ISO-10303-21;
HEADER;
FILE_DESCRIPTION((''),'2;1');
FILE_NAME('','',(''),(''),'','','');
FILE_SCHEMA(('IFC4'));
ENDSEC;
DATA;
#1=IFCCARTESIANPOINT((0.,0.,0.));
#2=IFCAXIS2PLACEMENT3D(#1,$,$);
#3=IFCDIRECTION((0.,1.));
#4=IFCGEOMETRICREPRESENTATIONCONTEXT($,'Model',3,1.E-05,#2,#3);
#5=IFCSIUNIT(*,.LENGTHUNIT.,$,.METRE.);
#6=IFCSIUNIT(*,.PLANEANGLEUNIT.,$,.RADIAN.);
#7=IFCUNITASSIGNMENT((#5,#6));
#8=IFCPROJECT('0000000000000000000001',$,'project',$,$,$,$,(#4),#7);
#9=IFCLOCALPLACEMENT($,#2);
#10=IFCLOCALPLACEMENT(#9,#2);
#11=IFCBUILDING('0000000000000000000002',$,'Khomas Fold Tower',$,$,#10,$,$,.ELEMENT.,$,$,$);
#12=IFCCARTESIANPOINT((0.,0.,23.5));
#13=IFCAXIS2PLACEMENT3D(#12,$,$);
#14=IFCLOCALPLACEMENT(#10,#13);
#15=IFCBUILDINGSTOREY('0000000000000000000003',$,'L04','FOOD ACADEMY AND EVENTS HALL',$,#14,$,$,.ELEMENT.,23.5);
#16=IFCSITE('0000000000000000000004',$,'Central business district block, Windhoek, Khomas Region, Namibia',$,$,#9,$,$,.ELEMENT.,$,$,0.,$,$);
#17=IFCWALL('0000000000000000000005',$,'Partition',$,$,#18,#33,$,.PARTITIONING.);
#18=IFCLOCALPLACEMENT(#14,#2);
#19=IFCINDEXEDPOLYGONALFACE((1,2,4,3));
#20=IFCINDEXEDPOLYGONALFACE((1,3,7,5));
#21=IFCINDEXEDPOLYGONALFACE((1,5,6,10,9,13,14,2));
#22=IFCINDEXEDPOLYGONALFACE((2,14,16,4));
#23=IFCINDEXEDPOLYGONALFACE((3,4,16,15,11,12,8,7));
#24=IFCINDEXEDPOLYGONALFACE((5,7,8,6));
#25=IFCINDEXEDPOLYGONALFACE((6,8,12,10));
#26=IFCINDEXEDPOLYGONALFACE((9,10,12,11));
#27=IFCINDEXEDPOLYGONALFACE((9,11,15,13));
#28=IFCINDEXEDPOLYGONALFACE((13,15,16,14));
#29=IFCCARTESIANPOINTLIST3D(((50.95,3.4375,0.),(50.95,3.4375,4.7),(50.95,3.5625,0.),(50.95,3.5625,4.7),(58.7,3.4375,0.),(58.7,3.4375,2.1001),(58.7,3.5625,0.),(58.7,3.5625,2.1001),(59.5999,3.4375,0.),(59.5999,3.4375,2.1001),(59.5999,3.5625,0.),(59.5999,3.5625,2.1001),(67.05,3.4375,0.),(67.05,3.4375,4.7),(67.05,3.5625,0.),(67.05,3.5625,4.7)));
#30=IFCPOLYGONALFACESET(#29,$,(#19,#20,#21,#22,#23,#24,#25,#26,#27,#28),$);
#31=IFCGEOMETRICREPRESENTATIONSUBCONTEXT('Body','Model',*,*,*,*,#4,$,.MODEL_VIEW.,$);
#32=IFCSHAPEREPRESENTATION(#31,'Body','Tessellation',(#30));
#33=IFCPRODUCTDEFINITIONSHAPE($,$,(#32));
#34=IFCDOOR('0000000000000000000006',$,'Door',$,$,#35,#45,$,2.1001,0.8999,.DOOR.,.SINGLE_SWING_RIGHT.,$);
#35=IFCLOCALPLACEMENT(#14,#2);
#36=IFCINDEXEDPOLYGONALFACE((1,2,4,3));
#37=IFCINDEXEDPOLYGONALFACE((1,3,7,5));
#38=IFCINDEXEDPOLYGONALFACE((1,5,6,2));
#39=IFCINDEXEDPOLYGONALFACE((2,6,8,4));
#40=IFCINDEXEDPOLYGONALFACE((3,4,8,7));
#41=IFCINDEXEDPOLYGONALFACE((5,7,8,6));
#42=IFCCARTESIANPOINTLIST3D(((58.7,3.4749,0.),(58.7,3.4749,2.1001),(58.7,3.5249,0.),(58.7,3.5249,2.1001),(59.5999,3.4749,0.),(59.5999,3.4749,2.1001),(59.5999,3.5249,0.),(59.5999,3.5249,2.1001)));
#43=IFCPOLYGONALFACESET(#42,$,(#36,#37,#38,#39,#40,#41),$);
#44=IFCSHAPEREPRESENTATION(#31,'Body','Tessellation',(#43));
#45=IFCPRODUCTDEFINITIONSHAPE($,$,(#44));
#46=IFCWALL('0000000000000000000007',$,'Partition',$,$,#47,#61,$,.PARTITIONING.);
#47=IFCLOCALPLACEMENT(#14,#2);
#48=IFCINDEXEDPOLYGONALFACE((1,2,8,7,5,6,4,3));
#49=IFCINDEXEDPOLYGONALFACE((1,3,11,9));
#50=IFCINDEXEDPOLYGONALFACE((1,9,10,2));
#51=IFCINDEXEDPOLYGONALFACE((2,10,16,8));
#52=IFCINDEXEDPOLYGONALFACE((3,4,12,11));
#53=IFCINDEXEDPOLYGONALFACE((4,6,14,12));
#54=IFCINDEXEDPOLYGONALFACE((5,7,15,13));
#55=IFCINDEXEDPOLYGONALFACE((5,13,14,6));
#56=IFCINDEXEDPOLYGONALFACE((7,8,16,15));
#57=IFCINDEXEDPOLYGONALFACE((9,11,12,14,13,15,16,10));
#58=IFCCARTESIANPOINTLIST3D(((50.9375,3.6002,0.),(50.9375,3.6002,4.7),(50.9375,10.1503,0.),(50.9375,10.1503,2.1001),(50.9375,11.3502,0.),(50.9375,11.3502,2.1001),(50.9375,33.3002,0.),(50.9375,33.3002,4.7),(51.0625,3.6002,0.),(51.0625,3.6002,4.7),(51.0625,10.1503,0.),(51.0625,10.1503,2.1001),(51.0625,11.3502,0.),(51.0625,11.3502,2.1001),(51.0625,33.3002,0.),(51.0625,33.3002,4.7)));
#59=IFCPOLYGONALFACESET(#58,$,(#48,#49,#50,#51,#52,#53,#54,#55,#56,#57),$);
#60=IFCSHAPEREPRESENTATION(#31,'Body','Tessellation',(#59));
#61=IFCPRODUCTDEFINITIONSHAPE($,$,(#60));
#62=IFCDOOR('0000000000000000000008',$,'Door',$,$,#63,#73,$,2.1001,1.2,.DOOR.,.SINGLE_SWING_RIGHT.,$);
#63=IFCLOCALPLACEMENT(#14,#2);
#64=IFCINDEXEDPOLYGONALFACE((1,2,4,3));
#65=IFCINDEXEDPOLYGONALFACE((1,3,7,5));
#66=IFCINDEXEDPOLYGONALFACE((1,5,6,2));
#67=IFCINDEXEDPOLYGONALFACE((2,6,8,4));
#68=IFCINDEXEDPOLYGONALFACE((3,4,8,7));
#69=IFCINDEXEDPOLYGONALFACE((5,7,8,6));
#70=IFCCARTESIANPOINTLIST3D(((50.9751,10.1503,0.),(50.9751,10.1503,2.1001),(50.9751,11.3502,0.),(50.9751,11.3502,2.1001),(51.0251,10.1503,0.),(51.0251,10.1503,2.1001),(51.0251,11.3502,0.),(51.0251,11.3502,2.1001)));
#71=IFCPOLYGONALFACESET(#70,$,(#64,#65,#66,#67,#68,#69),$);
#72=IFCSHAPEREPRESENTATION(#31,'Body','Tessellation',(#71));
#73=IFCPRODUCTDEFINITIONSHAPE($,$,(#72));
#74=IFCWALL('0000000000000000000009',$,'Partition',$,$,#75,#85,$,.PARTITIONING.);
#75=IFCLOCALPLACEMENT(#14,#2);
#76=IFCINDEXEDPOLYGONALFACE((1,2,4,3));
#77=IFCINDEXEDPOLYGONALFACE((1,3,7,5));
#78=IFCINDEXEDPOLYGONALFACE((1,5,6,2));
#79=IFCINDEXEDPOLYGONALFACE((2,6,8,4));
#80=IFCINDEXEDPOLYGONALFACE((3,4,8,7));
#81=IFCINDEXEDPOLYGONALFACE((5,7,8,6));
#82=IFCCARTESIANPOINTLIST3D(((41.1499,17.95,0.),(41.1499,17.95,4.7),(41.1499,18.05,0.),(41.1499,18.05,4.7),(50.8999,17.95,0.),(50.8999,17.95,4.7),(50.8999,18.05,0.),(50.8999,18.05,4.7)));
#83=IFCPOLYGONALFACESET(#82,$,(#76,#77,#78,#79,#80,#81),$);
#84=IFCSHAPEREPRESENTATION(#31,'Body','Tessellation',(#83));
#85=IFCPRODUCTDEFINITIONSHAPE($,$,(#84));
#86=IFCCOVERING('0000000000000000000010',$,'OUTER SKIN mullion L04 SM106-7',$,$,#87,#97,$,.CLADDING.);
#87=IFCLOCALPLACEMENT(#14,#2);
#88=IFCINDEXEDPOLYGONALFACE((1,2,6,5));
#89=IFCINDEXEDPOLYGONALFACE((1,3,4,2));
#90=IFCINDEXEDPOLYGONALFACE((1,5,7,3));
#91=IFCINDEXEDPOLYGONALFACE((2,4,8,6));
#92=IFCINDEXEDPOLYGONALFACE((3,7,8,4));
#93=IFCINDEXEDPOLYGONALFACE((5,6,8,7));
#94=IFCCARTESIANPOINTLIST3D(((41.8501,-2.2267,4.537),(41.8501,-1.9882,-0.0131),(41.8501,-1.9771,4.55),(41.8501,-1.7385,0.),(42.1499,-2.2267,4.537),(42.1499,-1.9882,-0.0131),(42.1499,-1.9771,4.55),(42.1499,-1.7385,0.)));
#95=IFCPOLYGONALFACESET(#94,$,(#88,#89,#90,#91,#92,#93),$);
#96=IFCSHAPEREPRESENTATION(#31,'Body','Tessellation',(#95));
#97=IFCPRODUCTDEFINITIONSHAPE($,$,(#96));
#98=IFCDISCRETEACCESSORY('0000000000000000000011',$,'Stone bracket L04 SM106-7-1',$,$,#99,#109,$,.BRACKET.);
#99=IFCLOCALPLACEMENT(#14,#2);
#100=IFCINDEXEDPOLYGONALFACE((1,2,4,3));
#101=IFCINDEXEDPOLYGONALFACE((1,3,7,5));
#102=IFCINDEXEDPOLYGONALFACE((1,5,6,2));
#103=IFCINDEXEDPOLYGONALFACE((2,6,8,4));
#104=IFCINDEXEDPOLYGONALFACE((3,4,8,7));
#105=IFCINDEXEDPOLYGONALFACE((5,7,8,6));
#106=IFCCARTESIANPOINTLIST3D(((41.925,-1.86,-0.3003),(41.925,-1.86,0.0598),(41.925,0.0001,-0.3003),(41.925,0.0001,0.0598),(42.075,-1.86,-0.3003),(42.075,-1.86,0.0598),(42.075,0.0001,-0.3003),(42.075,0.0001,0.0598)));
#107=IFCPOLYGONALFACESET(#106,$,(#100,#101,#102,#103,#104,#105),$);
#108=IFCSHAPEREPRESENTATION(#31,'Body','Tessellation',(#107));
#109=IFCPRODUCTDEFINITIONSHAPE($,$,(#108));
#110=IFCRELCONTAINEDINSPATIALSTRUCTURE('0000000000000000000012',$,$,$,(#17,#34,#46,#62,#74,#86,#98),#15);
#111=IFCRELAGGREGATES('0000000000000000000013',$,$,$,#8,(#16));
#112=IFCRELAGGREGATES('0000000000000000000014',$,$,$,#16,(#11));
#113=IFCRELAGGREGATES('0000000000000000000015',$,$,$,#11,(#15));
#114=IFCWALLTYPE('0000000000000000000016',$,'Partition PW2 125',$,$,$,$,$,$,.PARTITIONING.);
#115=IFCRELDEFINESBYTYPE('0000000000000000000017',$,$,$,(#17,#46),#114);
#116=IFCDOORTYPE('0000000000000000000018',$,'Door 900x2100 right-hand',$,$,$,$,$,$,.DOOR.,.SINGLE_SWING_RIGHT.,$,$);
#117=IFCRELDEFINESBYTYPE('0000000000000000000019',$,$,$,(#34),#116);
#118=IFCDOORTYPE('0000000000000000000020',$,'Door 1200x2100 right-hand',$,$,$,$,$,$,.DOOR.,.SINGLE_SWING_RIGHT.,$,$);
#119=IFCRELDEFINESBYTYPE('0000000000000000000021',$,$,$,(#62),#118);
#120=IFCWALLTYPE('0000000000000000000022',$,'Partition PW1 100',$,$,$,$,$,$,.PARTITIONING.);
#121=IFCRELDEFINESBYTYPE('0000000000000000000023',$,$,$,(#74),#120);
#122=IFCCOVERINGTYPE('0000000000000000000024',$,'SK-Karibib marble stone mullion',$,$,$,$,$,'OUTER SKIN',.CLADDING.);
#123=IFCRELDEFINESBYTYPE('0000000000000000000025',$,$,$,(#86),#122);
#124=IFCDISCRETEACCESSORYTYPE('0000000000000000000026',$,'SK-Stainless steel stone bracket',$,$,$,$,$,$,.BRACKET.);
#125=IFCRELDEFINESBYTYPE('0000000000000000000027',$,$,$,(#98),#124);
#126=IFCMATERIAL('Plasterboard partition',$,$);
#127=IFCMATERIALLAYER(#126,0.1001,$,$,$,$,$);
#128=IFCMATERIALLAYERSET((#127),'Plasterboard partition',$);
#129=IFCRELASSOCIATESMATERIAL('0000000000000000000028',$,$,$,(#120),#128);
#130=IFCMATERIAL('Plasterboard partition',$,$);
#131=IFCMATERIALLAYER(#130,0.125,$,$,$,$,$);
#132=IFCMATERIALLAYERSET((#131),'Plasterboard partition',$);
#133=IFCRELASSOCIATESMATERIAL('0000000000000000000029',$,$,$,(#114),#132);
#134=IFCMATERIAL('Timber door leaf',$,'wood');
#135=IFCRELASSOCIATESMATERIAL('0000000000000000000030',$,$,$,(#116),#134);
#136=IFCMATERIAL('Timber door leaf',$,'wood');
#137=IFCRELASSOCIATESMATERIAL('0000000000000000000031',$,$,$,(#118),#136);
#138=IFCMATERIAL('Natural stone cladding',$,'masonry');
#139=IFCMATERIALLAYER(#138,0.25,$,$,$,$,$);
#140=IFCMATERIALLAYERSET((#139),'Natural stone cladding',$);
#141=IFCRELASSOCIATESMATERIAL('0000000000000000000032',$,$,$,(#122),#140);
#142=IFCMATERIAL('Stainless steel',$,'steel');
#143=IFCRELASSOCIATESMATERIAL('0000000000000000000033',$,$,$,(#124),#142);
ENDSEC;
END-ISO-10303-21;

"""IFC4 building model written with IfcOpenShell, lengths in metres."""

from ifc_helpers import new_model, si_unit, direction, frame, frame_2d, origin, origin_2d, place, context, subcontext, project, spatial, polyline, rectangle, outline, extrude, source, transform, mapped, material, layer, layer_set, type_object, element, fill, save


model = new_model("IFC4")

# Units and contexts
model_context = context("Model", 3, precision=1e-05, world=origin(), true_north=direction((0.0, 1.0)))
body_context = subcontext(model_context, "Body", "Model", "MODEL_VIEW")
ifc_project = project(units=[si_unit("LENGTHUNIT", "METRE"), si_unit("PLANEANGLEUNIT", "RADIAN")], contexts=[model_context])

# Site, building, storey
site_placement = place(None, origin())
site = spatial("IfcSite", under=ifc_project, at=site_placement, Name="Central business district block, Windhoek, Khomas Region, Namibia", CompositionType="ELEMENT", RefElevation=0.0)
building_placement = place(site_placement, origin())
building = spatial("IfcBuilding", under=site, at=building_placement, Name="Khomas Fold Tower", CompositionType="ELEMENT")
storey_placement = place(building_placement, frame((0.0, 0.0, 23.5)))
storey = spatial("IfcBuildingStorey", under=building, at=storey_placement, Name="L04", Description="FOOD ACADEMY AND EVENTS HALL", CompositionType="ELEMENT", Elevation=23.5)

# Shared definitions
ifc_material_1 = material(Name="Plasterboard partition")
ifc_layer_1 = layer(ifc_material_1, 0.1001)
ifc_layer_set_1 = layer_set([ifc_layer_1], Name="Plasterboard partition")
wall_type_1 = type_object("IfcWallType", Name="Partition PW1 100", PredefinedType="PARTITIONING", material=ifc_layer_set_1)

# Walls, openings, doors
ifc_material_2 = material(Name="Plasterboard partition")
ifc_layer_2 = layer(ifc_material_2, 0.125)
ifc_layer_set_2 = layer_set([ifc_layer_2], Name="Plasterboard partition")
wall_type_2 = type_object("IfcWallType", Name="Partition PW2 125", PredefinedType="PARTITIONING", material=ifc_layer_set_2)
shared_shape_1 = source(origin(), body_context, "Body", "SweptSolid", [
    extrude(rectangle(XDim=16.1001, YDim=0.125, at=frame_2d((8.05, 0.0))), origin(), (0.0, 0.0, 1.0), 4.7),
])
wall_1_placement = place(storey_placement, frame((50.95, 3.5, 0.0), z_axis=(0.0, 0.0, 1.0), x_axis=(1.0, 0.0, 0.0)))
wall_1 = element("IfcWall", 1, at=wall_1_placement, inside=storey, type_object=wall_type_2, Name="Partition", PredefinedType="PARTITIONING", context=body_context, shape_type="MappedRepresentation", body=[
    mapped(shared_shape_1, transform((0.0, 0.0, 0.0))),
])
shared_shape_2 = source(origin(), body_context, "Body", "SweptSolid", [
    extrude(rectangle(XDim=0.8999, YDim=2.1001, at=frame_2d((0.45, 1.05))), frame((0.0, 0.0725, 0.0), z_axis=(0.0, -1.0, 0.0), x_axis=(1.0, 0.0, 0.0)), (0.0, 0.0, 1.0), 0.145),
])
opening_1_placement = place(wall_1_placement, frame((7.75, 0.0, 0.0)))
opening_1 = element("IfcOpeningElement", 2, at=opening_1_placement, cuts=wall_1, PredefinedType="OPENING", context=body_context, shape_type="MappedRepresentation", body=[
    mapped(shared_shape_2, transform((0.0, 0.0, 0.0))),
])
ifc_material_3 = material(Name="Timber door leaf", Category="wood")
door_type_1 = type_object("IfcDoorType", Name="Door 900x2100 right-hand", OperationType="SINGLE_SWING_RIGHT", PredefinedType="DOOR", material=ifc_material_3)
shared_shape_3 = source(origin(), body_context, "Body", "SweptSolid", [
    extrude(rectangle(XDim=0.8999, YDim=2.1001, at=frame_2d((0.45, 1.05))), frame((0.0, 0.0249, 0.0), z_axis=(0.0, -1.0, 0.0), x_axis=(1.0, 0.0, 0.0)), (0.0, 0.0, 1.0), 0.05),
])
door_1_placement = place(opening_1_placement, origin())
door_1 = element("IfcDoor", 3, at=door_1_placement, inside=storey, type_object=door_type_1, Name="Door", OperationType="SINGLE_SWING_RIGHT", OverallHeight=2.1001, OverallWidth=0.8999, PredefinedType="DOOR", context=body_context, shape_type="MappedRepresentation", body=[
    mapped(shared_shape_3, transform((0.0, 0.0, 0.0))),
])
fill(opening_1, door_1)
shared_shape_4 = source(origin(), body_context, "Body", "SweptSolid", [
    extrude(rectangle(XDim=29.7, YDim=0.125, at=frame_2d((14.8501, 0.0))), origin(), (0.0, 0.0, 1.0), 4.7),
])
wall_2_placement = place(storey_placement, frame((51.0, 3.6001, 0.0), z_axis=(0.0, 0.0, 1.0), x_axis=(0.0, 1.0, 0.0)))
wall_2 = element("IfcWall", 4, at=wall_2_placement, inside=storey, type_object=wall_type_2, Name="Partition", PredefinedType="PARTITIONING", context=body_context, shape_type="MappedRepresentation", body=[
    mapped(shared_shape_4, transform((0.0, 0.0, 0.0))),
])
shared_shape_5 = source(origin(), body_context, "Body", "SweptSolid", [
    extrude(rectangle(XDim=1.2, YDim=2.1001, at=frame_2d((0.6001, 1.05))), frame((0.0, 0.0725, 0.0), z_axis=(0.0, -1.0, 0.0), x_axis=(1.0, 0.0, 0.0)), (0.0, 0.0, 1.0), 0.145),
])
opening_2_placement = place(wall_2_placement, frame((6.55, 0.0, 0.0)))
opening_2 = element("IfcOpeningElement", 5, at=opening_2_placement, cuts=wall_2, PredefinedType="OPENING", context=body_context, shape_type="MappedRepresentation", body=[
    mapped(shared_shape_5, transform((0.0, 0.0, 0.0))),
])
ifc_material_4 = material(Name="Timber door leaf", Category="wood")
door_type_2 = type_object("IfcDoorType", Name="Door 1200x2100 right-hand", OperationType="SINGLE_SWING_RIGHT", PredefinedType="DOOR", material=ifc_material_4)
shared_shape_6 = source(origin(), body_context, "Body", "SweptSolid", [
    extrude(rectangle(XDim=1.2, YDim=2.1001, at=frame_2d((0.6001, 1.05))), frame((0.0, 0.0249, 0.0), z_axis=(0.0, -1.0, 0.0), x_axis=(1.0, 0.0, 0.0)), (0.0, 0.0, 1.0), 0.05),
])
door_2_placement = place(opening_2_placement, origin())
door_2 = element("IfcDoor", 6, at=door_2_placement, inside=storey, type_object=door_type_2, Name="Door", OperationType="SINGLE_SWING_RIGHT", OverallHeight=2.1001, OverallWidth=1.2, PredefinedType="DOOR", context=body_context, shape_type="MappedRepresentation", body=[
    mapped(shared_shape_6, transform((0.0, 0.0, 0.0))),
])
fill(opening_2, door_2)

# Wall
shared_shape_7 = source(origin(), body_context, "Body", "SweptSolid", [
    extrude(rectangle(XDim=9.75, YDim=0.1001, at=frame_2d((4.875, 0.0))), origin(), (0.0, 0.0, 1.0), 4.7),
])
wall_3_placement = place(storey_placement, frame((41.1499, 18.0, 0.0), z_axis=(0.0, 0.0, 1.0), x_axis=(1.0, 0.0, 0.0)))
element("IfcWall", 7, at=wall_3_placement, inside=storey, type_object=wall_type_1, Name="Partition", PredefinedType="PARTITIONING", context=body_context, shape_type="MappedRepresentation", body=[
    mapped(shared_shape_7, transform((0.0, 0.0, 0.0))),
])

# Covering
ifc_material_5 = material(Name="Natural stone cladding", Category="masonry")
ifc_layer_3 = layer(ifc_material_5, 0.25)
ifc_layer_set_3 = layer_set([ifc_layer_3], Name="Natural stone cladding")
covering_type = type_object("IfcCoveringType", Name="SK-Karibib marble stone mullion", ElementType="OUTER SKIN", PredefinedType="CLADDING", material=ifc_layer_set_3)
covering_placement = place(storey_placement, frame((42.1499, -1.9771, 4.55), z_axis=(0.0, 0.998629, 0.052351), x_axis=(0.0, 0.052351, -0.998629)))
element("IfcCovering", 8, at=covering_placement, inside=storey, type_object=covering_type, Name="OUTER SKIN mullion L04 SM106-7", PredefinedType="CLADDING", context=body_context, shape_type="SweptSolid", body=[
    extrude(outline(polyline([(0.0, 0.0), (4.5563, 0.0), (4.5563, 0.2998), (0.0, 0.2998), (0.0, 0.0)])), origin(), (0.0, 0.0, -1.0), 0.25),
])

# Discrete accessory
ifc_material_6 = material(Name="Stainless steel", Category="steel")
discrete_accessory_type = type_object("IfcDiscreteAccessoryType", Name="SK-Stainless steel stone bracket", PredefinedType="BRACKET", material=ifc_material_6)
shared_shape_8 = source(origin(), body_context, "Body", "SweptSolid", [
    extrude(rectangle(XDim=1.8601, YDim=0.1499, at=origin_2d()), origin(), (0.0, 0.0, 1.0), 0.3601),
])
discrete_accessory_placement = place(storey_placement, frame((42.0, -0.9299, -0.3003), z_axis=(0.0, 0.0, 1.0), x_axis=(0.0, -1.0, 0.0)))
element("IfcDiscreteAccessory", 9, at=discrete_accessory_placement, inside=storey, type_object=discrete_accessory_type, Name="Stone bracket L04 SM106-7-1", PredefinedType="BRACKET", context=body_context, shape_type="MappedRepresentation", body=[
    mapped(shared_shape_8, transform((0.0, 0.0, 0.0))),
])

save(model, "model.ifc")
